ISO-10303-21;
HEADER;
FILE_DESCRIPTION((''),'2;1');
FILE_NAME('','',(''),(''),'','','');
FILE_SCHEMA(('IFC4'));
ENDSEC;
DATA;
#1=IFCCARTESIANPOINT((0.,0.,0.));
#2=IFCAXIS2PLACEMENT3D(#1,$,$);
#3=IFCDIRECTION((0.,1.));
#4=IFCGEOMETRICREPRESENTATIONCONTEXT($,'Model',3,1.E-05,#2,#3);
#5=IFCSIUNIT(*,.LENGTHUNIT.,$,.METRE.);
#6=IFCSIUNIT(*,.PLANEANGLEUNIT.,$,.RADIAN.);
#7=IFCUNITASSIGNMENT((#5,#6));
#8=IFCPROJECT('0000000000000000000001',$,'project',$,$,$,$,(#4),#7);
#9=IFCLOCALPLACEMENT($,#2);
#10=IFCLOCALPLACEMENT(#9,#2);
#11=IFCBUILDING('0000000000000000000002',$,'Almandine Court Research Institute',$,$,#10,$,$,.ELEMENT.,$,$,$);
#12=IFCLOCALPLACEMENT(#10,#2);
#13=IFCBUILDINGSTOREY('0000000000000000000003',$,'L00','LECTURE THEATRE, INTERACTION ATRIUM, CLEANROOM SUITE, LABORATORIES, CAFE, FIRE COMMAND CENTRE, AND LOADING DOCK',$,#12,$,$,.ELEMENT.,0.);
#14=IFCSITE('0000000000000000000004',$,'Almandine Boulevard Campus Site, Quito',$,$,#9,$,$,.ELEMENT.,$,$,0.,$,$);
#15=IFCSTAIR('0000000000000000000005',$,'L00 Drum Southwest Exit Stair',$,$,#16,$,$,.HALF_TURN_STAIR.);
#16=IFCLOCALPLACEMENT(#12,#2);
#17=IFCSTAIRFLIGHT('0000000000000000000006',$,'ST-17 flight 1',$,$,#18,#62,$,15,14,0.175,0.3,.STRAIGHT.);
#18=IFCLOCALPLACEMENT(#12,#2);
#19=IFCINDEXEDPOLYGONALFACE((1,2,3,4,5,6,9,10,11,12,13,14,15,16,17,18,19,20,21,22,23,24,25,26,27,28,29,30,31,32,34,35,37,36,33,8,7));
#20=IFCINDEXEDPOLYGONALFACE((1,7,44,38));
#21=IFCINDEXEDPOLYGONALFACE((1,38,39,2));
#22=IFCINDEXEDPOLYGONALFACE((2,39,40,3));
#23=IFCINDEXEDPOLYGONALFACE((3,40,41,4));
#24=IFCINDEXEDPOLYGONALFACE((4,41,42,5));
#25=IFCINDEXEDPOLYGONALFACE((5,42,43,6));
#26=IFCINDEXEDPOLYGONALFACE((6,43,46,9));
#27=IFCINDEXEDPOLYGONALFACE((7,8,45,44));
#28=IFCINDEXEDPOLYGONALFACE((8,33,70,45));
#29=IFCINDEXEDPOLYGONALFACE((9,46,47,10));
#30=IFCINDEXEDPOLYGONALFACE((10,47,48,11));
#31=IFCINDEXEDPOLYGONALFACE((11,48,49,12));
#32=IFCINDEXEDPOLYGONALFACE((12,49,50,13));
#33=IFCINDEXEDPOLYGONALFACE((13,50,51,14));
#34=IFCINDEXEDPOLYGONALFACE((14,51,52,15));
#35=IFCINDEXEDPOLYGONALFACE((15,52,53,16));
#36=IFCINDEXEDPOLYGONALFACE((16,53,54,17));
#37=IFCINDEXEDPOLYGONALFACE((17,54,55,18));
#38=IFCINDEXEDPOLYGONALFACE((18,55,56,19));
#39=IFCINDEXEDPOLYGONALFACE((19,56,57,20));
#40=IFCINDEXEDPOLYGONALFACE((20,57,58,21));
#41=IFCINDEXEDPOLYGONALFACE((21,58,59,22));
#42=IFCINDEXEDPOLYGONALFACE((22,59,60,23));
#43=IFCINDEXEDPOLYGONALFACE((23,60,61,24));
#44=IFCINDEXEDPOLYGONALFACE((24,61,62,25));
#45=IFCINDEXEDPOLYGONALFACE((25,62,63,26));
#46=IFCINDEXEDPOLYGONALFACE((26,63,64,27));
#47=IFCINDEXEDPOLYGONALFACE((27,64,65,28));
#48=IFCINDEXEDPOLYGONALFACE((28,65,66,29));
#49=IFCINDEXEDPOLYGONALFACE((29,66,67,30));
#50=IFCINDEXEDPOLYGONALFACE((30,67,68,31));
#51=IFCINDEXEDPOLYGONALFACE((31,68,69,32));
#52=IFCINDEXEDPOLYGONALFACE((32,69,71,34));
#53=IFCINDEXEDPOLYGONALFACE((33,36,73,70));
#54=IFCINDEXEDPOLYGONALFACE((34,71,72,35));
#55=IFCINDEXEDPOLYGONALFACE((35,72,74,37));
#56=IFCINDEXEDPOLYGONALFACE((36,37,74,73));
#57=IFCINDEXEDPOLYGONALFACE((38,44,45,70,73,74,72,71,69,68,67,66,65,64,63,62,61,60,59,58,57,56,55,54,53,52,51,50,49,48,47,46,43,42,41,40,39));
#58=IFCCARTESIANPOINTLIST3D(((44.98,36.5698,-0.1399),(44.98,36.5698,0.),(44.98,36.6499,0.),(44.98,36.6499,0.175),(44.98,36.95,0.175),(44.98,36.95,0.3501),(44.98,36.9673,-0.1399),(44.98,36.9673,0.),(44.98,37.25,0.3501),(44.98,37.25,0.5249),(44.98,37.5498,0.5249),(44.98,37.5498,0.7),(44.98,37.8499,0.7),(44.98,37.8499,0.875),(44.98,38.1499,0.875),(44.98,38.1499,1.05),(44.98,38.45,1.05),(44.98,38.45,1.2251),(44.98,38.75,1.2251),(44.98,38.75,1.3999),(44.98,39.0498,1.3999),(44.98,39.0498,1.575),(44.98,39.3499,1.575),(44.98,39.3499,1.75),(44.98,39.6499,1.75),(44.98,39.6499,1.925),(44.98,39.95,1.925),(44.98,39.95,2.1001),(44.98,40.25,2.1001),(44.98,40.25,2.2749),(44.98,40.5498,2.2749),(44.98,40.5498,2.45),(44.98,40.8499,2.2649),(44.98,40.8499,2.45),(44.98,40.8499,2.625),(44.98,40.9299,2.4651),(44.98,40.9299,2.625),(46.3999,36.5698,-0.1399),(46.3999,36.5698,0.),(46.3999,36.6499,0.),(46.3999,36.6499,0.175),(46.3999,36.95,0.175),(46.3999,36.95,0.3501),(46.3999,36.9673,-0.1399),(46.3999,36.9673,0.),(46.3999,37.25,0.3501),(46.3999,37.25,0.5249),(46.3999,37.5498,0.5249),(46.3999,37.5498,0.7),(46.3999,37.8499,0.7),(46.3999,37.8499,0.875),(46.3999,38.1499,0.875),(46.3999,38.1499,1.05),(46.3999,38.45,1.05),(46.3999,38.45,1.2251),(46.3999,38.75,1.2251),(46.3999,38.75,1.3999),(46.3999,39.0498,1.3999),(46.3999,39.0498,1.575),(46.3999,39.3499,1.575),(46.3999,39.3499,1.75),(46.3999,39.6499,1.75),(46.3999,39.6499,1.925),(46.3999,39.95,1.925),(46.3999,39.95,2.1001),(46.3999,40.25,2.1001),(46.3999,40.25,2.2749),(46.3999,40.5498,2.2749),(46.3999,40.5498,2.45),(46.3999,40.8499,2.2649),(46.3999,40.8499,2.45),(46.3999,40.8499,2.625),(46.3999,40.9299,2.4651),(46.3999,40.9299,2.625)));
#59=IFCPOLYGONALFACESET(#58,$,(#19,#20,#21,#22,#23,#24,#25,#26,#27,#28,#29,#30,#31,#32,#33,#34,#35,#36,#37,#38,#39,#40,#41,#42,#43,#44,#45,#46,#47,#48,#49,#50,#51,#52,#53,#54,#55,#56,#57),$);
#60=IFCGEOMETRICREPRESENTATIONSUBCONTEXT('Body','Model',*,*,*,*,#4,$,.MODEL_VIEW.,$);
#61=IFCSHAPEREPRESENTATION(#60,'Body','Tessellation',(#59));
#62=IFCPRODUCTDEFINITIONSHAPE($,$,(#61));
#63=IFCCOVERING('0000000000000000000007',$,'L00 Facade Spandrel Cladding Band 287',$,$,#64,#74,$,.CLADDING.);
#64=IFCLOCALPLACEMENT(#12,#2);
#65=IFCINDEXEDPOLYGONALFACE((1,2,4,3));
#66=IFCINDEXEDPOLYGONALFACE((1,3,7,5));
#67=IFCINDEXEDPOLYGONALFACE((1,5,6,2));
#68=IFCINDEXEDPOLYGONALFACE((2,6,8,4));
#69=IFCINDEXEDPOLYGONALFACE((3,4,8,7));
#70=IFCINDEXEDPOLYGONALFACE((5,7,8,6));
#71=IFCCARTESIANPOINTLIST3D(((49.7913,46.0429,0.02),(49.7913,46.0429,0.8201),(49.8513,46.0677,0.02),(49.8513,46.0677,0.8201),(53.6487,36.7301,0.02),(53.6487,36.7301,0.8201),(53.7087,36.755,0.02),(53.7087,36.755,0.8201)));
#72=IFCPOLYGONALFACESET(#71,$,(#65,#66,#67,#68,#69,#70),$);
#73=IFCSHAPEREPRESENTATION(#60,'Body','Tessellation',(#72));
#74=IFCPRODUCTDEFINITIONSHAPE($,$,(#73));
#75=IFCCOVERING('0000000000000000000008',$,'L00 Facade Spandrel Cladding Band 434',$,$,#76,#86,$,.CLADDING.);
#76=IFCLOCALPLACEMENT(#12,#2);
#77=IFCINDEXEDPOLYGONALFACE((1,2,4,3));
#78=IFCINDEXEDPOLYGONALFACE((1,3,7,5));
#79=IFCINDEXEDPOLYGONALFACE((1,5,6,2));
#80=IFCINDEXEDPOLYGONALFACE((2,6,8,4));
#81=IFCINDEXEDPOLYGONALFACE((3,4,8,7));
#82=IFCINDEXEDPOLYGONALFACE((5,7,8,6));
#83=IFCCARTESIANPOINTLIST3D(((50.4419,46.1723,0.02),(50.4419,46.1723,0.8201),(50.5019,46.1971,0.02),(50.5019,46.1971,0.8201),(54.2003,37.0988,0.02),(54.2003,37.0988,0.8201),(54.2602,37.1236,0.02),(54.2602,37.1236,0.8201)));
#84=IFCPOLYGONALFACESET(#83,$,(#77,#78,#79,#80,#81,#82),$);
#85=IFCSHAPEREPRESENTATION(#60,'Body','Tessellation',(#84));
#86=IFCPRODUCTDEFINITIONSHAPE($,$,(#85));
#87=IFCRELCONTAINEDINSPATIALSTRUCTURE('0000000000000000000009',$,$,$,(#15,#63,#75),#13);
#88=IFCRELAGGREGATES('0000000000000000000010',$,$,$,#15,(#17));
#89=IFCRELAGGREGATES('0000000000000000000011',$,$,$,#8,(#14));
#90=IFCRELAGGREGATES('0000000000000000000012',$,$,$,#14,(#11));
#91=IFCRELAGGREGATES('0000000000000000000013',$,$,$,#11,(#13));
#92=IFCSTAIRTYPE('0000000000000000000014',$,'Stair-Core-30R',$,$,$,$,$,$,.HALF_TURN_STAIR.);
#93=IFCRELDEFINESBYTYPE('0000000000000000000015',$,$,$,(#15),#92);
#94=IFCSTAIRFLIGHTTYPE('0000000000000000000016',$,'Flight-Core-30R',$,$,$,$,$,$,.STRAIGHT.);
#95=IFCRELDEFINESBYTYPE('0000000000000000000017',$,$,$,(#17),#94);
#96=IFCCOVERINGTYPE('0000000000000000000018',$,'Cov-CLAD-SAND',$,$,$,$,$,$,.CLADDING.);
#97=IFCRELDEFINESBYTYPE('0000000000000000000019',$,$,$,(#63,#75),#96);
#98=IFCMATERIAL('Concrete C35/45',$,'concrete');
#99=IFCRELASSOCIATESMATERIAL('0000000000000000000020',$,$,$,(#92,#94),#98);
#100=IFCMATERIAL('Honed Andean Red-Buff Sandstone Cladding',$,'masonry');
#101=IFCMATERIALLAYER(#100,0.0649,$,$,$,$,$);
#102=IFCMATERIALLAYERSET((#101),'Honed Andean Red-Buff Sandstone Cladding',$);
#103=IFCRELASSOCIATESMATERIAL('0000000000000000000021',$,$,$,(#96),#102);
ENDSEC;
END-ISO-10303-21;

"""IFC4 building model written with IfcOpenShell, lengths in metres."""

from ifc_helpers import new_model, si_unit, direction, frame, origin, origin_2d, place, context, subcontext, project, spatial, polyline, rectangle, outline, extrude, material, layer, layer_set, type_object, element, aggregate, save


model = new_model("IFC4")

# Units and contexts
model_context = context("Model", 3, precision=1e-05, world=origin(), true_north=direction((0.0, 1.0)))
body_context = subcontext(model_context, "Body", "Model", "MODEL_VIEW")
ifc_project = project(units=[si_unit("LENGTHUNIT", "METRE"), si_unit("PLANEANGLEUNIT", "RADIAN")], contexts=[model_context])

# Site, building, storey
site_placement = place(None, origin())
site = spatial("IfcSite", under=ifc_project, at=site_placement, Name="Almandine Boulevard Campus Site, Quito", CompositionType="ELEMENT", RefElevation=0.0)
building_placement = place(site_placement, origin())
building = spatial("IfcBuilding", under=site, at=building_placement, Name="Almandine Court Research Institute", CompositionType="ELEMENT")
storey_placement = place(building_placement, origin())
storey = spatial("IfcBuildingStorey", under=building, at=storey_placement, Name="L00", Description="LECTURE THEATRE, INTERACTION ATRIUM, CLEANROOM SUITE, LABORATORIES, CAFE, FIRE COMMAND CENTRE, AND LOADING DOCK", CompositionType="ELEMENT", Elevation=0.0)

# Stair, stair flight
ifc_material_1 = material(Name="Concrete C35/45", Category="concrete")
stair_type = type_object("IfcStairType", Name="Stair-Core-30R", PredefinedType="HALF_TURN_STAIR", material=ifc_material_1)
stair_placement = place(storey_placement, origin())
stair = element("IfcStair", 1, at=stair_placement, inside=storey, type_object=stair_type, Name="L00 Drum Southwest Exit Stair", PredefinedType="HALF_TURN_STAIR")
stair_flight_type = type_object("IfcStairFlightType", Name="Flight-Core-30R", PredefinedType="STRAIGHT", material=ifc_material_1)
stair_flight_placement = place(storey_placement, frame((45.6899, 36.6499, 0.0), z_axis=(0.0, 0.0, 1.0), x_axis=(0.0, 1.0, 0.0)))
stair_flight = element("IfcStairFlight", 2, at=stair_flight_placement, type_object=stair_flight_type, Name="ST-17 flight 1", NumberOfRisers=15, NumberOfTreads=14, PredefinedType="STRAIGHT", RiserHeight=0.175, TreadLength=0.3, context=body_context, shape_type="SweptSolid", body=[
    extrude(outline(polyline([(-0.0801, -0.1399), (-0.0801, 0.0), (0.0, 0.0), (0.0, 0.175), (0.3, 0.175), (0.3, 0.3501), (0.6001, 0.3501), (0.6001, 0.5249), (0.8999, 0.5249), (0.8999, 0.7), (1.2, 0.7), (1.2, 0.875), (1.5, 0.875), (1.5, 1.05), (1.8, 1.05), (1.8, 1.2251), (2.1001, 1.2251), (2.1001, 1.3999), (2.3999, 1.3999), (2.3999, 1.575), (2.7, 1.575), (2.7, 1.75), (3.0, 1.75), (3.0, 1.925), (3.3, 1.925), (3.3, 2.1001), (3.6001, 2.1001), (3.6001, 2.2749), (3.8999, 2.2749), (3.8999, 2.45), (4.2, 2.45), (4.2, 2.625), (4.28, 2.625), (4.28, 2.4651), (4.2, 2.2649), (0.3174, 0.0), (0.3174, -0.1399), (-0.0801, -0.1399)])), frame((0.0, 0.71, 0.0), z_axis=(0.0, -1.0, 0.0), x_axis=(1.0, 0.0, 0.0)), (0.0, 0.0, 1.0), 1.4199),
])
aggregate(stair, [stair_flight])

# Coverings
ifc_material_2 = material(Name="Honed Andean Red-Buff Sandstone Cladding", Category="masonry")
ifc_layer_1 = layer(ifc_material_2, 0.0649)
ifc_layer_set_1 = layer_set([ifc_layer_1], Name="Honed Andean Red-Buff Sandstone Cladding")
covering_type = type_object("IfcCoveringType", Name="Cov-CLAD-SAND", PredefinedType="CLADDING", material=ifc_layer_set_1)
covering_1_placement = place(storey_placement, frame((51.75, 41.3989, 0.02), z_axis=(0.0, 0.0, 1.0), x_axis=(0.382683, -0.92388, 0.0)))
element("IfcCovering", 3, at=covering_1_placement, inside=storey, type_object=covering_type, Name="L00 Facade Spandrel Cladding Band 287", PredefinedType="CLADDING", context=body_context, shape_type="SweptSolid", body=[
    extrude(rectangle(XDim=10.0801, YDim=0.0649, at=origin_2d()), origin(), (0.0, 0.0, 1.0), 0.8),
])
covering_2_placement = place(storey_placement, frame((52.3511, 41.6479, 0.02), z_axis=(0.0, 0.0, 1.0), x_axis=(-0.382683, 0.92388, 0.0)))
element("IfcCovering", 4, at=covering_2_placement, inside=storey, type_object=covering_type, Name="L00 Facade Spandrel Cladding Band 434", PredefinedType="CLADDING", context=body_context, shape_type="SweptSolid", body=[
    extrude(rectangle(XDim=9.821, YDim=0.0649, at=origin_2d()), origin(), (0.0, 0.0, 1.0), 0.8),
])

save(model, "model.ifc")
